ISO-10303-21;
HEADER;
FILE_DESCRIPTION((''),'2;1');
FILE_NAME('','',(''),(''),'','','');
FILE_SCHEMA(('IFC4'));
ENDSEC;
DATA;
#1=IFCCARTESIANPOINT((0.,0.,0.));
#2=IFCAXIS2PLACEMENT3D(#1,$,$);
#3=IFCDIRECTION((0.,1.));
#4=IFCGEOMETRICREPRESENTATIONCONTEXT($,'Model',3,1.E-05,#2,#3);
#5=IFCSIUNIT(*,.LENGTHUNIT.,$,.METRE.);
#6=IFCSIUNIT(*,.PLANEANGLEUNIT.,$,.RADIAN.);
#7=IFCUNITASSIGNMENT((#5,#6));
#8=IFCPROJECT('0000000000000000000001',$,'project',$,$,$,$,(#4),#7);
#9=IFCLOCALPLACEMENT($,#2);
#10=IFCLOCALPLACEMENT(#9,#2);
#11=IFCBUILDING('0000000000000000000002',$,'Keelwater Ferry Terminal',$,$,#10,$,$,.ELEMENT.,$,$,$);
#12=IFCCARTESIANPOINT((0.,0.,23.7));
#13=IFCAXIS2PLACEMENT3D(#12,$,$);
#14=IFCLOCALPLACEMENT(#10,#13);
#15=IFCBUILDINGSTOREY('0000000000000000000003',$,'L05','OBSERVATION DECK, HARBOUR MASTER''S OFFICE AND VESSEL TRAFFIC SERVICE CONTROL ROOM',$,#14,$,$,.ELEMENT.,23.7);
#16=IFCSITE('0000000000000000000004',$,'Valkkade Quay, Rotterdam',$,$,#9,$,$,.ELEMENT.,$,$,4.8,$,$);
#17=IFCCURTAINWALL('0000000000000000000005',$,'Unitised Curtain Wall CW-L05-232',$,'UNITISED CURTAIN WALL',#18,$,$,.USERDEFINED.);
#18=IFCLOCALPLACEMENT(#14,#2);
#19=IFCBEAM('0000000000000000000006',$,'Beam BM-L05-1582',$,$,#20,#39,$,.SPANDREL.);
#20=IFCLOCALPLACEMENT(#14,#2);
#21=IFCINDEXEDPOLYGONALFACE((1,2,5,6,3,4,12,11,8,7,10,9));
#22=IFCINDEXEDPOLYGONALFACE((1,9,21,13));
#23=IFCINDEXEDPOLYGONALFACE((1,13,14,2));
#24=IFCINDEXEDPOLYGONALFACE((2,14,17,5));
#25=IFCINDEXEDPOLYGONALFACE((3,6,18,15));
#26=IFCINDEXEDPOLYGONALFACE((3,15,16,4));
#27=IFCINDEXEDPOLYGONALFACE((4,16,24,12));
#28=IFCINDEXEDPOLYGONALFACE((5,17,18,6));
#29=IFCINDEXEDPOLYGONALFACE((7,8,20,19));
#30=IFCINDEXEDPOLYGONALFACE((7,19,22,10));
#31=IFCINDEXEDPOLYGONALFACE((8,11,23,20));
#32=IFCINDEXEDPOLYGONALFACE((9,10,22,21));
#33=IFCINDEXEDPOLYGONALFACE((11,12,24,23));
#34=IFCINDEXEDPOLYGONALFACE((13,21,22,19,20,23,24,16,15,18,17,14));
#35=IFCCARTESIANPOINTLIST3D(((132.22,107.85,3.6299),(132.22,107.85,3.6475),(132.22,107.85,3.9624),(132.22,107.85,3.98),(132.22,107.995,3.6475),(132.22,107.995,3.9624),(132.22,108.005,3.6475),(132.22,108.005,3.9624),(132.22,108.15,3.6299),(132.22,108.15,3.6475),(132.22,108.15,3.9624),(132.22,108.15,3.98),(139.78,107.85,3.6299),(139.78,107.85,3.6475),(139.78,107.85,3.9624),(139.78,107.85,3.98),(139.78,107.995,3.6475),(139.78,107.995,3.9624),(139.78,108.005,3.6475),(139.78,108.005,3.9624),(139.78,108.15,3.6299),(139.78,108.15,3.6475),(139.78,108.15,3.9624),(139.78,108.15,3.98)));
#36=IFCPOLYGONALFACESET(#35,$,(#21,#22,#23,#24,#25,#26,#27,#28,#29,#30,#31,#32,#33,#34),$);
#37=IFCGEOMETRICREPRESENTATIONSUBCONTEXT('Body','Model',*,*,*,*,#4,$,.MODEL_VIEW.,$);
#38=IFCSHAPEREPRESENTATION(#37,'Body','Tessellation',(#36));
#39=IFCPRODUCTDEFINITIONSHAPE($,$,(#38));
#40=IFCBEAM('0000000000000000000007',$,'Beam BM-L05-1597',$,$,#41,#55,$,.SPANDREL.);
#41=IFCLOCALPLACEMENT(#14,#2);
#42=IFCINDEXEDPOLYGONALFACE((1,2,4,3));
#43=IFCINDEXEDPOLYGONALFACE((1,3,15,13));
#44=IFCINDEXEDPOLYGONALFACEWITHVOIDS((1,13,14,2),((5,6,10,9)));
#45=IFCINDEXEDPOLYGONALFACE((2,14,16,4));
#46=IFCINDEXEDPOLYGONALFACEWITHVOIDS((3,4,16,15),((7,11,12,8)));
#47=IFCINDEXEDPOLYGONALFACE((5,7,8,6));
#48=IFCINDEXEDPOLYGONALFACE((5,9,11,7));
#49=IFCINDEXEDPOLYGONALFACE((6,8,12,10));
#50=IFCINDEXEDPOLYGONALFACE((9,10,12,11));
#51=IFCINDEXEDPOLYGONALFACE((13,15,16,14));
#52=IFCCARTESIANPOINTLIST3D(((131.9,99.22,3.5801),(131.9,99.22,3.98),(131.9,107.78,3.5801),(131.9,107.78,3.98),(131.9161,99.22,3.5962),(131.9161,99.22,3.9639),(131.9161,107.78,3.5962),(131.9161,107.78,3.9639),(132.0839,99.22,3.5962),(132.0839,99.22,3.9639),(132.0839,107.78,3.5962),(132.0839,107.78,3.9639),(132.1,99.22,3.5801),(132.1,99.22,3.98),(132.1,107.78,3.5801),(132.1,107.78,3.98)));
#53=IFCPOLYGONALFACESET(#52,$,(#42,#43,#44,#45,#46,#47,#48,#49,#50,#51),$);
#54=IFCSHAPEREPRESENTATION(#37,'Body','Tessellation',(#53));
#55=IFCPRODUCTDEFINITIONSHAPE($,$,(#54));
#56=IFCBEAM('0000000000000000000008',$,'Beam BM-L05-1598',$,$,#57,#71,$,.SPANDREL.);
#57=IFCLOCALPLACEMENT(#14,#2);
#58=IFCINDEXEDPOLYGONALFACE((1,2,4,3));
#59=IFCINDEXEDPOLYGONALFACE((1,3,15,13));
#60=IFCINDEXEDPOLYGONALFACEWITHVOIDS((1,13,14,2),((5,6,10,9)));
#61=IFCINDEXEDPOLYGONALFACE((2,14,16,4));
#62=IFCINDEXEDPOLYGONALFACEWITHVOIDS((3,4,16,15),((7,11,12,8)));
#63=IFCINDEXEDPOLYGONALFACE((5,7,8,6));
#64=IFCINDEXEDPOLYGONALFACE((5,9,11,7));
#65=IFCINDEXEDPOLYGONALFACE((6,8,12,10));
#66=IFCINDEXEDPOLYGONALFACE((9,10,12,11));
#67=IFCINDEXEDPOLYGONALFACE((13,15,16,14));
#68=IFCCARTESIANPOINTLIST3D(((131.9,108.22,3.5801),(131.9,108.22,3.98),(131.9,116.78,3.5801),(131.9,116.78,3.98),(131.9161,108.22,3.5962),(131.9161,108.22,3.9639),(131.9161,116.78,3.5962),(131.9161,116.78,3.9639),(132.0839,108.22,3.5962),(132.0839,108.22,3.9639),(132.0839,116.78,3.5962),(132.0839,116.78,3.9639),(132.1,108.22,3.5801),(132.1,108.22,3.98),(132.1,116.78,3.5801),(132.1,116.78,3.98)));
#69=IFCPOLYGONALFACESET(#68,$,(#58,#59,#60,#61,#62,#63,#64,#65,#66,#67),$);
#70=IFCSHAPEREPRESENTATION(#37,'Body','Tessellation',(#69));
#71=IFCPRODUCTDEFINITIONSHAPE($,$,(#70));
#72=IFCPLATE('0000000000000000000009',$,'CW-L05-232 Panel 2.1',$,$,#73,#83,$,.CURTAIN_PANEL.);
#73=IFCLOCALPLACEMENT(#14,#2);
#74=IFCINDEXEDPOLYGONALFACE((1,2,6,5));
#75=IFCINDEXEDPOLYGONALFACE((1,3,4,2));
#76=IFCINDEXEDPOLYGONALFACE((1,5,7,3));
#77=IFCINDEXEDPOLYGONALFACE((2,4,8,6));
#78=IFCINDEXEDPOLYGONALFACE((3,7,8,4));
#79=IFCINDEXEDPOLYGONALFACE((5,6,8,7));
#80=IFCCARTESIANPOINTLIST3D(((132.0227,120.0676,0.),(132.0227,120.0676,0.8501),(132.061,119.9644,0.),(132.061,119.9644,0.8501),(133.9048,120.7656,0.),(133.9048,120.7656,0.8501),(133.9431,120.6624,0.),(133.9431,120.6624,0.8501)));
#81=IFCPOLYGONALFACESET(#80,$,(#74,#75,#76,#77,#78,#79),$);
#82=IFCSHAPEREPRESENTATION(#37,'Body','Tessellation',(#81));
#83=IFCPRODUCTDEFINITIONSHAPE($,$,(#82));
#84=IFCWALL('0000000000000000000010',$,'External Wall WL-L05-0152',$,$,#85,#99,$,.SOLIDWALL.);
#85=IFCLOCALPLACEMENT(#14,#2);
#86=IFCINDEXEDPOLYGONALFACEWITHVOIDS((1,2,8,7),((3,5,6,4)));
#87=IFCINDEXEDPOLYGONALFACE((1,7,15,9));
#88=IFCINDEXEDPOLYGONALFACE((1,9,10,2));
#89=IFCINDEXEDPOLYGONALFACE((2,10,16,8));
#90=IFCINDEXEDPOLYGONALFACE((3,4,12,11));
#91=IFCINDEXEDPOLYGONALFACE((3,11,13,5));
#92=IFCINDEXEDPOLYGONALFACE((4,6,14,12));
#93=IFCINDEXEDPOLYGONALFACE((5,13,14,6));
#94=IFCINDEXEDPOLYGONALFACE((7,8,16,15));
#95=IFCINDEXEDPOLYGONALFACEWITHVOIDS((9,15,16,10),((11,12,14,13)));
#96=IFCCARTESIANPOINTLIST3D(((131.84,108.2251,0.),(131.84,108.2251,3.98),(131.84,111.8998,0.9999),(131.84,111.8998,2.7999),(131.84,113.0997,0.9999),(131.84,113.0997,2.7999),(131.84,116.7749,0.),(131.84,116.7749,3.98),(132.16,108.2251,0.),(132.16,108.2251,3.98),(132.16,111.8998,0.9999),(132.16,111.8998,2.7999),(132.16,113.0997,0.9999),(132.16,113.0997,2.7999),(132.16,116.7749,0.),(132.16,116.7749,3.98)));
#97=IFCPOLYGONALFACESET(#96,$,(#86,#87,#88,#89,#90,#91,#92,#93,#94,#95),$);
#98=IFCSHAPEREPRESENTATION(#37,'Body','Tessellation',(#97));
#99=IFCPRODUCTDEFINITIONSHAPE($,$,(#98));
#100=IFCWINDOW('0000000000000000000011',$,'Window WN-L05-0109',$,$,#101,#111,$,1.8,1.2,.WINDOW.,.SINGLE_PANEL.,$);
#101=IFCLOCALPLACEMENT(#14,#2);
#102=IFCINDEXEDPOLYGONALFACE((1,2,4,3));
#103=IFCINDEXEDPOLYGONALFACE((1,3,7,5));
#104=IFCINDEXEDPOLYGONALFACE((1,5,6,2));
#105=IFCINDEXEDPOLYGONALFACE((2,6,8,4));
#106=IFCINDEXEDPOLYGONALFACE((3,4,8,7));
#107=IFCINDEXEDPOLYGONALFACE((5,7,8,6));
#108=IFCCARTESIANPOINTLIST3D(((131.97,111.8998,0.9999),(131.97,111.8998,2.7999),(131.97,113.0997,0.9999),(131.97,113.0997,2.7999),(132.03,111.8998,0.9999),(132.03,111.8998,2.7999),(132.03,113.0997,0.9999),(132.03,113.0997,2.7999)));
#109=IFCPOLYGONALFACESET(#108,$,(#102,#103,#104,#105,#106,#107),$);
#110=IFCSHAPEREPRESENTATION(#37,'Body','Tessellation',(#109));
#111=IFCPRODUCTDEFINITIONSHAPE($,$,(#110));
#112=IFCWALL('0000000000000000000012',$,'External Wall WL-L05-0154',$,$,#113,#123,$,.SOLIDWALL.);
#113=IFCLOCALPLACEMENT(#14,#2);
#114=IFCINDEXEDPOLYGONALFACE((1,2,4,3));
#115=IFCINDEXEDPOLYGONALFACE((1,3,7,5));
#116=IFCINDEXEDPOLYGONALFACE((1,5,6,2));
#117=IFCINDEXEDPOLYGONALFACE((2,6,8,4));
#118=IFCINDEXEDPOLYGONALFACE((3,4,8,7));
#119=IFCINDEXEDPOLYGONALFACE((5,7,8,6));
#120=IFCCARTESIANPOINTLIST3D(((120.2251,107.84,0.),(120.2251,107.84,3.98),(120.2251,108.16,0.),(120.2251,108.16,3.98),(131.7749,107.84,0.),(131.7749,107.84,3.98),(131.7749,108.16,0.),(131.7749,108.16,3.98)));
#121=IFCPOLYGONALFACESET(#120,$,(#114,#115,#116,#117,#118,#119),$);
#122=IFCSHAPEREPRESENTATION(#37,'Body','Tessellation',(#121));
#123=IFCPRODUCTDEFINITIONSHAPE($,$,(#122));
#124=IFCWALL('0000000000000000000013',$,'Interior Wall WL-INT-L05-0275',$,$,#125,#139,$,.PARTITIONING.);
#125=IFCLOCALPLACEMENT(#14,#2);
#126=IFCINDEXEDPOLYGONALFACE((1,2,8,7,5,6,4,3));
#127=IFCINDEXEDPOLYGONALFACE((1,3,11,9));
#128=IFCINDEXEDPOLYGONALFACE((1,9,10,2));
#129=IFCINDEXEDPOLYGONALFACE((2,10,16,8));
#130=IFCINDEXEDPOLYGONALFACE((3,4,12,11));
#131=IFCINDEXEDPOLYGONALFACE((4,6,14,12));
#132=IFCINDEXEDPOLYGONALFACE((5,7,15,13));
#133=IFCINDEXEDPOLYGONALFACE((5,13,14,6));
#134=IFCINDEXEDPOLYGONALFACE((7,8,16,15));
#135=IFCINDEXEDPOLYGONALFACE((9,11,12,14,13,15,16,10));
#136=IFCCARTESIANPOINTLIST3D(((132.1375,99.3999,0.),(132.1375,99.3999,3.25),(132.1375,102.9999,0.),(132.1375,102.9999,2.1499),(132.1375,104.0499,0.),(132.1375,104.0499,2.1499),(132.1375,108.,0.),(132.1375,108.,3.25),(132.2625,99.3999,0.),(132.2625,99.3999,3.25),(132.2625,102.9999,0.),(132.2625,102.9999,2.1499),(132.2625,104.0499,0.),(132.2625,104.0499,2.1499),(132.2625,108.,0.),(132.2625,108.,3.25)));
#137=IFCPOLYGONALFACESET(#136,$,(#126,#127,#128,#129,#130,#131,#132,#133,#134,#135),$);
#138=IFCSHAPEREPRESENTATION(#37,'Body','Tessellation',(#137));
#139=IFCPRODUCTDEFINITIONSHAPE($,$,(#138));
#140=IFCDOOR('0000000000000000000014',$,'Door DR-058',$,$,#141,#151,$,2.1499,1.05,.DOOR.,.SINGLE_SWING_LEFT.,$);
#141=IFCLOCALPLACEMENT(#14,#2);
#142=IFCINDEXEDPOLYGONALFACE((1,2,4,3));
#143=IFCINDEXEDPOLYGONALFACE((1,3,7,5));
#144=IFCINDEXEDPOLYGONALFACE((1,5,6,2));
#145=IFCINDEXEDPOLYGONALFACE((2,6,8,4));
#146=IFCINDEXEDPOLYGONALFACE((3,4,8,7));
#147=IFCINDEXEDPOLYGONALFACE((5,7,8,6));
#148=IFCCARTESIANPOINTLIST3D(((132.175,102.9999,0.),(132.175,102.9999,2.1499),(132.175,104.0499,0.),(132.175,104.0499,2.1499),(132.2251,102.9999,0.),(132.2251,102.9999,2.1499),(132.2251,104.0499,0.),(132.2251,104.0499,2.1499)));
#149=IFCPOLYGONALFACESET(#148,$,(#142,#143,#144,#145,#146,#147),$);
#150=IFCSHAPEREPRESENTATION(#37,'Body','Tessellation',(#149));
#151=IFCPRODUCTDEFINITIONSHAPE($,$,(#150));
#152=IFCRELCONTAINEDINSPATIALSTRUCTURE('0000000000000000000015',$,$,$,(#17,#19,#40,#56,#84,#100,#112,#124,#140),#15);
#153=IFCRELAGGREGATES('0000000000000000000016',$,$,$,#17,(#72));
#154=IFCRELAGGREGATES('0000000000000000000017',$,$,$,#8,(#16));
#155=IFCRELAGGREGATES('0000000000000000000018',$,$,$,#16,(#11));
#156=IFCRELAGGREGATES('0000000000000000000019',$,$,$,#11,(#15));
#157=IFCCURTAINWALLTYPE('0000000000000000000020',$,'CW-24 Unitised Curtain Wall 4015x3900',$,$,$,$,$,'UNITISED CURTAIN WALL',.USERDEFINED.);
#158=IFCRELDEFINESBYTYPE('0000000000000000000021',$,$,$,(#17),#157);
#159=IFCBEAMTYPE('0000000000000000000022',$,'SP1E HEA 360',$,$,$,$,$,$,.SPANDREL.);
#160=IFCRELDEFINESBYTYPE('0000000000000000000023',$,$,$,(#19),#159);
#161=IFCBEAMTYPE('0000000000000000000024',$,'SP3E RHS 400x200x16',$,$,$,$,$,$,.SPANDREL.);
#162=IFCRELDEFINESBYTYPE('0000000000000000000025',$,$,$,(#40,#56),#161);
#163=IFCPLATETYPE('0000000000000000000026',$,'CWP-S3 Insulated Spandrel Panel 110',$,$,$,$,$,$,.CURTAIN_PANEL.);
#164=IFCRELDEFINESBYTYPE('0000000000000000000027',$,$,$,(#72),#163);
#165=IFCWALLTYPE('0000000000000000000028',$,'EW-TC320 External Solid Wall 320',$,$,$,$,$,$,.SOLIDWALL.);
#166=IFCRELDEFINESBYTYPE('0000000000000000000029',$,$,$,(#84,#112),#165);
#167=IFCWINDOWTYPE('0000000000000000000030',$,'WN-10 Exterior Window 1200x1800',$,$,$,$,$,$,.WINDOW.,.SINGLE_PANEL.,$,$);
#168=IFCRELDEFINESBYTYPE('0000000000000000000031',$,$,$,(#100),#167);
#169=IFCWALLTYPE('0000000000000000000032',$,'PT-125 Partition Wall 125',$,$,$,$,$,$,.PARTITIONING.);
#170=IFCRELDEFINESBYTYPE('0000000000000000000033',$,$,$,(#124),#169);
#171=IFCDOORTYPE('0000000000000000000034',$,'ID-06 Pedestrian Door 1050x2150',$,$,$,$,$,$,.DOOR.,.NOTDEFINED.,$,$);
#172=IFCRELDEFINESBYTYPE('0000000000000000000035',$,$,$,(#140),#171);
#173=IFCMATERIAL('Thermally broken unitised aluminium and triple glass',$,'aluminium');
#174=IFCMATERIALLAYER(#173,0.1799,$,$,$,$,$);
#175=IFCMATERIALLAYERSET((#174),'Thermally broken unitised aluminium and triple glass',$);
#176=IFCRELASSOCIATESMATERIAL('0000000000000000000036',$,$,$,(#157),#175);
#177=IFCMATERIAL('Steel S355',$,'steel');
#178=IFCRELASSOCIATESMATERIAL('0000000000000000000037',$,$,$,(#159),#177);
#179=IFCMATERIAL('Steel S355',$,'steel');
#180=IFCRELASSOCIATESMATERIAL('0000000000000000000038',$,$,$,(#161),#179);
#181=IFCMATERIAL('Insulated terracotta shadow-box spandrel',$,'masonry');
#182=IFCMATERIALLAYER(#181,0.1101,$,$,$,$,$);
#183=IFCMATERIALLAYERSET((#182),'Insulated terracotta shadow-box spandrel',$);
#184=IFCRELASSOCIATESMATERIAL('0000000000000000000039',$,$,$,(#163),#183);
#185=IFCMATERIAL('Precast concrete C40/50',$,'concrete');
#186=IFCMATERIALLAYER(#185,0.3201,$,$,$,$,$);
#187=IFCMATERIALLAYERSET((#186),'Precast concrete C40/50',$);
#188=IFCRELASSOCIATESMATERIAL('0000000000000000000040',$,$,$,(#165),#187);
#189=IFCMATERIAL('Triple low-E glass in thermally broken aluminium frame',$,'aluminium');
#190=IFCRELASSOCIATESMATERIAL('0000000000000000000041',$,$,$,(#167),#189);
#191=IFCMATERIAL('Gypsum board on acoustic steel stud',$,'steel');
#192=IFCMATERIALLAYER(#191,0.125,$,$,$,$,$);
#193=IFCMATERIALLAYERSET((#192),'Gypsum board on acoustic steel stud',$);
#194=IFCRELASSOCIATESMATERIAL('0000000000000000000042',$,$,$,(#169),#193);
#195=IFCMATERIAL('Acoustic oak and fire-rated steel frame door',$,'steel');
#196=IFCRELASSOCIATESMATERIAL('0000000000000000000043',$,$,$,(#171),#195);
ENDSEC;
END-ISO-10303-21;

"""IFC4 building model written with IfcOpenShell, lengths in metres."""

from ifc_helpers import new_model, si_unit, direction, frame, frame_2d, origin, origin_2d, place, context, subcontext, project, spatial, rectangle, hollow_rectangle, i_section, extrude, material, layer, layer_set, material_profile, profile_set, type_object, element, fill, aggregate, save


model = new_model("IFC4")

# Units and contexts
model_context = context("Model", 3, precision=1e-05, world=origin(), true_north=direction((0.0, 1.0)))
body_context = subcontext(model_context, "Body", "Model", "MODEL_VIEW")
ifc_project = project(units=[si_unit("LENGTHUNIT", "METRE"), si_unit("PLANEANGLEUNIT", "RADIAN")], contexts=[model_context])

# Site, building, storey
site_placement = place(None, origin())
site = spatial("IfcSite", under=ifc_project, at=site_placement, Name="Valkkade Quay, Rotterdam", CompositionType="ELEMENT", RefElevation=4.8)
building_placement = place(site_placement, origin())
building = spatial("IfcBuilding", under=site, at=building_placement, Name="Keelwater Ferry Terminal", CompositionType="ELEMENT")
storey_placement = place(building_placement, frame((0.0, 0.0, 23.7)))
storey = spatial("IfcBuildingStorey", under=building, at=storey_placement, Name="L05", Description="OBSERVATION DECK, HARBOUR MASTER'S OFFICE AND VESSEL TRAFFIC SERVICE CONTROL ROOM", CompositionType="ELEMENT", Elevation=23.7)

# Curtain wall
ifc_material_1 = material(Name="Thermally broken unitised aluminium and triple glass", Category="aluminium")
ifc_layer_1 = layer(ifc_material_1, 0.1799)
ifc_layer_set_1 = layer_set([ifc_layer_1], Name="Thermally broken unitised aluminium and triple glass")
curtain_wall_type = type_object("IfcCurtainWallType", Name="CW-24 Unitised Curtain Wall 4015x3900", ElementType="UNITISED CURTAIN WALL", PredefinedType="USERDEFINED", material=ifc_layer_set_1)
curtain_wall_placement = place(storey_placement, origin())
curtain_wall = element("IfcCurtainWall", 1, at=curtain_wall_placement, inside=storey, type_object=curtain_wall_type, Name="Unitised Curtain Wall CW-L05-232", ObjectType="UNITISED CURTAIN WALL", PredefinedType="USERDEFINED")

# Beams
ifc_material_2 = material(Name="Steel S355", Category="steel")
ifc_material_profile_1 = material_profile(ifc_material_2, i_section(OverallWidth=0.3, OverallDepth=0.3501, WebThickness=0.01, FlangeThickness=0.0176, at=origin_2d()), Name="HEA 360")
ifc_profile_set_1 = profile_set([ifc_material_profile_1], Name="Steel S355")
beam_type_1 = type_object("IfcBeamType", Name="SP1E HEA 360", PredefinedType="SPANDREL", material=ifc_profile_set_1)
beam_1_placement = place(storey_placement, frame((132.22, 108.0, 3.8049), z_axis=(1.0, 0.0, 0.0), x_axis=(0.0, 1.0, 0.0)))
element("IfcBeam", 2, at=beam_1_placement, inside=storey, type_object=beam_type_1, Name="Beam BM-L05-1582", PredefinedType="SPANDREL", context=body_context, shape_type="SweptSolid", body=[
    extrude(i_section(OverallWidth=0.3, OverallDepth=0.3501, WebThickness=0.01, FlangeThickness=0.0176, at=origin_2d()), origin(), (0.0, 0.0, 1.0), 7.5601),
])
ifc_material_3 = material(Name="Steel S355", Category="steel")
ifc_material_profile_2 = material_profile(ifc_material_3, hollow_rectangle(XDim=0.2, YDim=0.3999, WallThickness=0.0161, at=origin_2d()), Name="RHS 400x200x16")
ifc_profile_set_2 = profile_set([ifc_material_profile_2], Name="Steel S355")
beam_type_2 = type_object("IfcBeamType", Name="SP3E RHS 400x200x16", PredefinedType="SPANDREL", material=ifc_profile_set_2)
for number, where, z_axis, x_axis, name in (
    (3, (132.0, 99.22, 3.78), (0.0, 1.0, 0.0), (-1.0, 0.0, 0.0), "Beam BM-L05-1597"),
    (4, (132.0, 108.22, 3.78), (0.0, 1.0, 0.0), (-1.0, 0.0, 0.0), "Beam BM-L05-1598"),
):
    element("IfcBeam", number, at=place(storey_placement, frame(where, z_axis=z_axis, x_axis=x_axis)), inside=storey, type_object=beam_type_2, Name=name, PredefinedType="SPANDREL", context=body_context, shape_type="SweptSolid", body=[
        extrude(hollow_rectangle(XDim=0.2, YDim=0.3999, WallThickness=0.0161, at=origin_2d()), origin(), (0.0, 0.0, 1.0), 8.5601),
    ])

# Plate
ifc_material_4 = material(Name="Insulated terracotta shadow-box spandrel", Category="masonry")
ifc_layer_2 = layer(ifc_material_4, 0.1101)
ifc_layer_set_2 = layer_set([ifc_layer_2], Name="Insulated terracotta shadow-box spandrel")
plate_type = type_object("IfcPlateType", Name="CWP-S3 Insulated Spandrel Panel 110", PredefinedType="CURTAIN_PANEL", material=ifc_layer_set_2)
plate_placement = place(storey_placement, frame((132.9829, 120.365, 0.0), z_axis=(0.0, 0.0, 1.0), x_axis=(-0.937592, -0.347736, 0.0)))
plate = element("IfcPlate", 5, at=plate_placement, type_object=plate_type, Name="CW-L05-232 Panel 2.1", PredefinedType="CURTAIN_PANEL", context=body_context, shape_type="SweptSolid", body=[
    extrude(rectangle(XDim=2.0073, YDim=0.1101, at=origin_2d()), origin(), (0.0, 0.0, 1.0), 0.8501),
])
aggregate(curtain_wall, [plate])

# Wall, opening, window
ifc_material_5 = material(Name="Precast concrete C40/50", Category="concrete")
ifc_layer_3 = layer(ifc_material_5, 0.3201)
ifc_layer_set_3 = layer_set([ifc_layer_3], Name="Precast concrete C40/50")
wall_type_1 = type_object("IfcWallType", Name="EW-TC320 External Solid Wall 320", PredefinedType="SOLIDWALL", material=ifc_layer_set_3)
wall_1_placement = place(storey_placement, frame((132.0, 116.7749, 0.0), z_axis=(0.0, 0.0, 1.0), x_axis=(0.0, -1.0, 0.0)))
wall_1 = element("IfcWall", 6, at=wall_1_placement, inside=storey, type_object=wall_type_1, Name="External Wall WL-L05-0152", PredefinedType="SOLIDWALL", context=body_context, shape_type="SweptSolid", body=[
    extrude(rectangle(XDim=8.5498, YDim=0.3201, at=frame_2d((4.2749, 0.0))), origin(), (0.0, 0.0, 1.0), 3.98),
])
opening_1_placement = place(wall_1_placement, frame((3.675, 0.0, 1.0)))
opening_1 = element("IfcOpeningElement", 7, at=opening_1_placement, cuts=wall_1, PredefinedType="OPENING", context=body_context, shape_type="SweptSolid", body=[
    extrude(rectangle(XDim=1.2, YDim=1.8, at=frame_2d((0.6001, 0.8999))), frame((0.0, 0.1702, 0.0), z_axis=(0.0, -1.0, 0.0), x_axis=(1.0, 0.0, 0.0)), (0.0, 0.0, 1.0), 0.3401),
])
ifc_material_6 = material(Name="Triple low-E glass in thermally broken aluminium frame", Category="aluminium")
window_type = type_object("IfcWindowType", Name="WN-10 Exterior Window 1200x1800", PartitioningType="SINGLE_PANEL", PredefinedType="WINDOW", material=ifc_material_6)
window_placement = place(opening_1_placement, origin())
window = element("IfcWindow", 8, at=window_placement, inside=storey, type_object=window_type, Name="Window WN-L05-0109", OverallHeight=1.8, OverallWidth=1.2, PartitioningType="SINGLE_PANEL", PredefinedType="WINDOW", context=body_context, shape_type="SweptSolid", body=[
    extrude(rectangle(XDim=1.2, YDim=1.8, at=frame_2d((0.6001, 0.8999))), frame((0.0, 0.03, 0.0), z_axis=(0.0, -1.0, 0.0), x_axis=(1.0, 0.0, 0.0)), (0.0, 0.0, 1.0), 0.0601),
])
fill(opening_1, window)

# Wall
wall_2_placement = place(storey_placement, frame((120.2251, 108.0, 0.0), z_axis=(0.0, 0.0, 1.0), x_axis=(1.0, 0.0, 0.0)))
element("IfcWall", 9, at=wall_2_placement, inside=storey, type_object=wall_type_1, Name="External Wall WL-L05-0154", PredefinedType="SOLIDWALL", context=body_context, shape_type="SweptSolid", body=[
    extrude(rectangle(XDim=11.5498, YDim=0.3201, at=frame_2d((5.7749, 0.0))), origin(), (0.0, 0.0, 1.0), 3.98),
])

# Wall, opening, door
ifc_material_7 = material(Name="Gypsum board on acoustic steel stud", Category="steel")
ifc_layer_4 = layer(ifc_material_7, 0.125)
ifc_layer_set_4 = layer_set([ifc_layer_4], Name="Gypsum board on acoustic steel stud")
wall_type_2 = type_object("IfcWallType", Name="PT-125 Partition Wall 125", PredefinedType="PARTITIONING", material=ifc_layer_set_4)
wall_3_placement = place(storey_placement, frame((132.2, 99.3999, 0.0), z_axis=(0.0, 0.0, 1.0), x_axis=(0.0, 1.0, 0.0)))
wall_3 = element("IfcWall", 10, at=wall_3_placement, inside=storey, type_object=wall_type_2, Name="Interior Wall WL-INT-L05-0275", PredefinedType="PARTITIONING", context=body_context, shape_type="SweptSolid", body=[
    extrude(rectangle(XDim=8.6001, YDim=0.125, at=frame_2d((4.3, 0.0))), origin(), (0.0, 0.0, 1.0), 3.25),
])
opening_2_placement = place(wall_3_placement, frame((3.6001, 0.0, 0.0)))
opening_2 = element("IfcOpeningElement", 11, at=opening_2_placement, cuts=wall_3, PredefinedType="OPENING", context=body_context, shape_type="SweptSolid", body=[
    extrude(rectangle(XDim=1.05, YDim=2.1499, at=frame_2d((0.5249, 1.075))), frame((0.0, 0.0725, 0.0), z_axis=(0.0, -1.0, 0.0), x_axis=(1.0, 0.0, 0.0)), (0.0, 0.0, 1.0), 0.145),
])
ifc_material_8 = material(Name="Acoustic oak and fire-rated steel frame door", Category="steel")
door_type_1 = type_object("IfcDoorType", Name="ID-06 Pedestrian Door 1050x2150", OperationType="NOTDEFINED", PredefinedType="DOOR", material=ifc_material_8)
door_1_placement = place(opening_2_placement, origin())
door_1 = element("IfcDoor", 12, at=door_1_placement, inside=storey, type_object=door_type_1, Name="Door DR-058", OperationType="SINGLE_SWING_LEFT", OverallHeight=2.1499, OverallWidth=1.05, PredefinedType="DOOR", context=body_context, shape_type="SweptSolid", body=[
    extrude(rectangle(XDim=1.05, YDim=2.1499, at=frame_2d((0.5249, 1.075))), frame((0.0, 0.0249, 0.0), z_axis=(0.0, -1.0, 0.0), x_axis=(1.0, 0.0, 0.0)), (0.0, 0.0, 1.0), 0.05),
])
fill(opening_2, door_1)

save(model, "model.ifc")
